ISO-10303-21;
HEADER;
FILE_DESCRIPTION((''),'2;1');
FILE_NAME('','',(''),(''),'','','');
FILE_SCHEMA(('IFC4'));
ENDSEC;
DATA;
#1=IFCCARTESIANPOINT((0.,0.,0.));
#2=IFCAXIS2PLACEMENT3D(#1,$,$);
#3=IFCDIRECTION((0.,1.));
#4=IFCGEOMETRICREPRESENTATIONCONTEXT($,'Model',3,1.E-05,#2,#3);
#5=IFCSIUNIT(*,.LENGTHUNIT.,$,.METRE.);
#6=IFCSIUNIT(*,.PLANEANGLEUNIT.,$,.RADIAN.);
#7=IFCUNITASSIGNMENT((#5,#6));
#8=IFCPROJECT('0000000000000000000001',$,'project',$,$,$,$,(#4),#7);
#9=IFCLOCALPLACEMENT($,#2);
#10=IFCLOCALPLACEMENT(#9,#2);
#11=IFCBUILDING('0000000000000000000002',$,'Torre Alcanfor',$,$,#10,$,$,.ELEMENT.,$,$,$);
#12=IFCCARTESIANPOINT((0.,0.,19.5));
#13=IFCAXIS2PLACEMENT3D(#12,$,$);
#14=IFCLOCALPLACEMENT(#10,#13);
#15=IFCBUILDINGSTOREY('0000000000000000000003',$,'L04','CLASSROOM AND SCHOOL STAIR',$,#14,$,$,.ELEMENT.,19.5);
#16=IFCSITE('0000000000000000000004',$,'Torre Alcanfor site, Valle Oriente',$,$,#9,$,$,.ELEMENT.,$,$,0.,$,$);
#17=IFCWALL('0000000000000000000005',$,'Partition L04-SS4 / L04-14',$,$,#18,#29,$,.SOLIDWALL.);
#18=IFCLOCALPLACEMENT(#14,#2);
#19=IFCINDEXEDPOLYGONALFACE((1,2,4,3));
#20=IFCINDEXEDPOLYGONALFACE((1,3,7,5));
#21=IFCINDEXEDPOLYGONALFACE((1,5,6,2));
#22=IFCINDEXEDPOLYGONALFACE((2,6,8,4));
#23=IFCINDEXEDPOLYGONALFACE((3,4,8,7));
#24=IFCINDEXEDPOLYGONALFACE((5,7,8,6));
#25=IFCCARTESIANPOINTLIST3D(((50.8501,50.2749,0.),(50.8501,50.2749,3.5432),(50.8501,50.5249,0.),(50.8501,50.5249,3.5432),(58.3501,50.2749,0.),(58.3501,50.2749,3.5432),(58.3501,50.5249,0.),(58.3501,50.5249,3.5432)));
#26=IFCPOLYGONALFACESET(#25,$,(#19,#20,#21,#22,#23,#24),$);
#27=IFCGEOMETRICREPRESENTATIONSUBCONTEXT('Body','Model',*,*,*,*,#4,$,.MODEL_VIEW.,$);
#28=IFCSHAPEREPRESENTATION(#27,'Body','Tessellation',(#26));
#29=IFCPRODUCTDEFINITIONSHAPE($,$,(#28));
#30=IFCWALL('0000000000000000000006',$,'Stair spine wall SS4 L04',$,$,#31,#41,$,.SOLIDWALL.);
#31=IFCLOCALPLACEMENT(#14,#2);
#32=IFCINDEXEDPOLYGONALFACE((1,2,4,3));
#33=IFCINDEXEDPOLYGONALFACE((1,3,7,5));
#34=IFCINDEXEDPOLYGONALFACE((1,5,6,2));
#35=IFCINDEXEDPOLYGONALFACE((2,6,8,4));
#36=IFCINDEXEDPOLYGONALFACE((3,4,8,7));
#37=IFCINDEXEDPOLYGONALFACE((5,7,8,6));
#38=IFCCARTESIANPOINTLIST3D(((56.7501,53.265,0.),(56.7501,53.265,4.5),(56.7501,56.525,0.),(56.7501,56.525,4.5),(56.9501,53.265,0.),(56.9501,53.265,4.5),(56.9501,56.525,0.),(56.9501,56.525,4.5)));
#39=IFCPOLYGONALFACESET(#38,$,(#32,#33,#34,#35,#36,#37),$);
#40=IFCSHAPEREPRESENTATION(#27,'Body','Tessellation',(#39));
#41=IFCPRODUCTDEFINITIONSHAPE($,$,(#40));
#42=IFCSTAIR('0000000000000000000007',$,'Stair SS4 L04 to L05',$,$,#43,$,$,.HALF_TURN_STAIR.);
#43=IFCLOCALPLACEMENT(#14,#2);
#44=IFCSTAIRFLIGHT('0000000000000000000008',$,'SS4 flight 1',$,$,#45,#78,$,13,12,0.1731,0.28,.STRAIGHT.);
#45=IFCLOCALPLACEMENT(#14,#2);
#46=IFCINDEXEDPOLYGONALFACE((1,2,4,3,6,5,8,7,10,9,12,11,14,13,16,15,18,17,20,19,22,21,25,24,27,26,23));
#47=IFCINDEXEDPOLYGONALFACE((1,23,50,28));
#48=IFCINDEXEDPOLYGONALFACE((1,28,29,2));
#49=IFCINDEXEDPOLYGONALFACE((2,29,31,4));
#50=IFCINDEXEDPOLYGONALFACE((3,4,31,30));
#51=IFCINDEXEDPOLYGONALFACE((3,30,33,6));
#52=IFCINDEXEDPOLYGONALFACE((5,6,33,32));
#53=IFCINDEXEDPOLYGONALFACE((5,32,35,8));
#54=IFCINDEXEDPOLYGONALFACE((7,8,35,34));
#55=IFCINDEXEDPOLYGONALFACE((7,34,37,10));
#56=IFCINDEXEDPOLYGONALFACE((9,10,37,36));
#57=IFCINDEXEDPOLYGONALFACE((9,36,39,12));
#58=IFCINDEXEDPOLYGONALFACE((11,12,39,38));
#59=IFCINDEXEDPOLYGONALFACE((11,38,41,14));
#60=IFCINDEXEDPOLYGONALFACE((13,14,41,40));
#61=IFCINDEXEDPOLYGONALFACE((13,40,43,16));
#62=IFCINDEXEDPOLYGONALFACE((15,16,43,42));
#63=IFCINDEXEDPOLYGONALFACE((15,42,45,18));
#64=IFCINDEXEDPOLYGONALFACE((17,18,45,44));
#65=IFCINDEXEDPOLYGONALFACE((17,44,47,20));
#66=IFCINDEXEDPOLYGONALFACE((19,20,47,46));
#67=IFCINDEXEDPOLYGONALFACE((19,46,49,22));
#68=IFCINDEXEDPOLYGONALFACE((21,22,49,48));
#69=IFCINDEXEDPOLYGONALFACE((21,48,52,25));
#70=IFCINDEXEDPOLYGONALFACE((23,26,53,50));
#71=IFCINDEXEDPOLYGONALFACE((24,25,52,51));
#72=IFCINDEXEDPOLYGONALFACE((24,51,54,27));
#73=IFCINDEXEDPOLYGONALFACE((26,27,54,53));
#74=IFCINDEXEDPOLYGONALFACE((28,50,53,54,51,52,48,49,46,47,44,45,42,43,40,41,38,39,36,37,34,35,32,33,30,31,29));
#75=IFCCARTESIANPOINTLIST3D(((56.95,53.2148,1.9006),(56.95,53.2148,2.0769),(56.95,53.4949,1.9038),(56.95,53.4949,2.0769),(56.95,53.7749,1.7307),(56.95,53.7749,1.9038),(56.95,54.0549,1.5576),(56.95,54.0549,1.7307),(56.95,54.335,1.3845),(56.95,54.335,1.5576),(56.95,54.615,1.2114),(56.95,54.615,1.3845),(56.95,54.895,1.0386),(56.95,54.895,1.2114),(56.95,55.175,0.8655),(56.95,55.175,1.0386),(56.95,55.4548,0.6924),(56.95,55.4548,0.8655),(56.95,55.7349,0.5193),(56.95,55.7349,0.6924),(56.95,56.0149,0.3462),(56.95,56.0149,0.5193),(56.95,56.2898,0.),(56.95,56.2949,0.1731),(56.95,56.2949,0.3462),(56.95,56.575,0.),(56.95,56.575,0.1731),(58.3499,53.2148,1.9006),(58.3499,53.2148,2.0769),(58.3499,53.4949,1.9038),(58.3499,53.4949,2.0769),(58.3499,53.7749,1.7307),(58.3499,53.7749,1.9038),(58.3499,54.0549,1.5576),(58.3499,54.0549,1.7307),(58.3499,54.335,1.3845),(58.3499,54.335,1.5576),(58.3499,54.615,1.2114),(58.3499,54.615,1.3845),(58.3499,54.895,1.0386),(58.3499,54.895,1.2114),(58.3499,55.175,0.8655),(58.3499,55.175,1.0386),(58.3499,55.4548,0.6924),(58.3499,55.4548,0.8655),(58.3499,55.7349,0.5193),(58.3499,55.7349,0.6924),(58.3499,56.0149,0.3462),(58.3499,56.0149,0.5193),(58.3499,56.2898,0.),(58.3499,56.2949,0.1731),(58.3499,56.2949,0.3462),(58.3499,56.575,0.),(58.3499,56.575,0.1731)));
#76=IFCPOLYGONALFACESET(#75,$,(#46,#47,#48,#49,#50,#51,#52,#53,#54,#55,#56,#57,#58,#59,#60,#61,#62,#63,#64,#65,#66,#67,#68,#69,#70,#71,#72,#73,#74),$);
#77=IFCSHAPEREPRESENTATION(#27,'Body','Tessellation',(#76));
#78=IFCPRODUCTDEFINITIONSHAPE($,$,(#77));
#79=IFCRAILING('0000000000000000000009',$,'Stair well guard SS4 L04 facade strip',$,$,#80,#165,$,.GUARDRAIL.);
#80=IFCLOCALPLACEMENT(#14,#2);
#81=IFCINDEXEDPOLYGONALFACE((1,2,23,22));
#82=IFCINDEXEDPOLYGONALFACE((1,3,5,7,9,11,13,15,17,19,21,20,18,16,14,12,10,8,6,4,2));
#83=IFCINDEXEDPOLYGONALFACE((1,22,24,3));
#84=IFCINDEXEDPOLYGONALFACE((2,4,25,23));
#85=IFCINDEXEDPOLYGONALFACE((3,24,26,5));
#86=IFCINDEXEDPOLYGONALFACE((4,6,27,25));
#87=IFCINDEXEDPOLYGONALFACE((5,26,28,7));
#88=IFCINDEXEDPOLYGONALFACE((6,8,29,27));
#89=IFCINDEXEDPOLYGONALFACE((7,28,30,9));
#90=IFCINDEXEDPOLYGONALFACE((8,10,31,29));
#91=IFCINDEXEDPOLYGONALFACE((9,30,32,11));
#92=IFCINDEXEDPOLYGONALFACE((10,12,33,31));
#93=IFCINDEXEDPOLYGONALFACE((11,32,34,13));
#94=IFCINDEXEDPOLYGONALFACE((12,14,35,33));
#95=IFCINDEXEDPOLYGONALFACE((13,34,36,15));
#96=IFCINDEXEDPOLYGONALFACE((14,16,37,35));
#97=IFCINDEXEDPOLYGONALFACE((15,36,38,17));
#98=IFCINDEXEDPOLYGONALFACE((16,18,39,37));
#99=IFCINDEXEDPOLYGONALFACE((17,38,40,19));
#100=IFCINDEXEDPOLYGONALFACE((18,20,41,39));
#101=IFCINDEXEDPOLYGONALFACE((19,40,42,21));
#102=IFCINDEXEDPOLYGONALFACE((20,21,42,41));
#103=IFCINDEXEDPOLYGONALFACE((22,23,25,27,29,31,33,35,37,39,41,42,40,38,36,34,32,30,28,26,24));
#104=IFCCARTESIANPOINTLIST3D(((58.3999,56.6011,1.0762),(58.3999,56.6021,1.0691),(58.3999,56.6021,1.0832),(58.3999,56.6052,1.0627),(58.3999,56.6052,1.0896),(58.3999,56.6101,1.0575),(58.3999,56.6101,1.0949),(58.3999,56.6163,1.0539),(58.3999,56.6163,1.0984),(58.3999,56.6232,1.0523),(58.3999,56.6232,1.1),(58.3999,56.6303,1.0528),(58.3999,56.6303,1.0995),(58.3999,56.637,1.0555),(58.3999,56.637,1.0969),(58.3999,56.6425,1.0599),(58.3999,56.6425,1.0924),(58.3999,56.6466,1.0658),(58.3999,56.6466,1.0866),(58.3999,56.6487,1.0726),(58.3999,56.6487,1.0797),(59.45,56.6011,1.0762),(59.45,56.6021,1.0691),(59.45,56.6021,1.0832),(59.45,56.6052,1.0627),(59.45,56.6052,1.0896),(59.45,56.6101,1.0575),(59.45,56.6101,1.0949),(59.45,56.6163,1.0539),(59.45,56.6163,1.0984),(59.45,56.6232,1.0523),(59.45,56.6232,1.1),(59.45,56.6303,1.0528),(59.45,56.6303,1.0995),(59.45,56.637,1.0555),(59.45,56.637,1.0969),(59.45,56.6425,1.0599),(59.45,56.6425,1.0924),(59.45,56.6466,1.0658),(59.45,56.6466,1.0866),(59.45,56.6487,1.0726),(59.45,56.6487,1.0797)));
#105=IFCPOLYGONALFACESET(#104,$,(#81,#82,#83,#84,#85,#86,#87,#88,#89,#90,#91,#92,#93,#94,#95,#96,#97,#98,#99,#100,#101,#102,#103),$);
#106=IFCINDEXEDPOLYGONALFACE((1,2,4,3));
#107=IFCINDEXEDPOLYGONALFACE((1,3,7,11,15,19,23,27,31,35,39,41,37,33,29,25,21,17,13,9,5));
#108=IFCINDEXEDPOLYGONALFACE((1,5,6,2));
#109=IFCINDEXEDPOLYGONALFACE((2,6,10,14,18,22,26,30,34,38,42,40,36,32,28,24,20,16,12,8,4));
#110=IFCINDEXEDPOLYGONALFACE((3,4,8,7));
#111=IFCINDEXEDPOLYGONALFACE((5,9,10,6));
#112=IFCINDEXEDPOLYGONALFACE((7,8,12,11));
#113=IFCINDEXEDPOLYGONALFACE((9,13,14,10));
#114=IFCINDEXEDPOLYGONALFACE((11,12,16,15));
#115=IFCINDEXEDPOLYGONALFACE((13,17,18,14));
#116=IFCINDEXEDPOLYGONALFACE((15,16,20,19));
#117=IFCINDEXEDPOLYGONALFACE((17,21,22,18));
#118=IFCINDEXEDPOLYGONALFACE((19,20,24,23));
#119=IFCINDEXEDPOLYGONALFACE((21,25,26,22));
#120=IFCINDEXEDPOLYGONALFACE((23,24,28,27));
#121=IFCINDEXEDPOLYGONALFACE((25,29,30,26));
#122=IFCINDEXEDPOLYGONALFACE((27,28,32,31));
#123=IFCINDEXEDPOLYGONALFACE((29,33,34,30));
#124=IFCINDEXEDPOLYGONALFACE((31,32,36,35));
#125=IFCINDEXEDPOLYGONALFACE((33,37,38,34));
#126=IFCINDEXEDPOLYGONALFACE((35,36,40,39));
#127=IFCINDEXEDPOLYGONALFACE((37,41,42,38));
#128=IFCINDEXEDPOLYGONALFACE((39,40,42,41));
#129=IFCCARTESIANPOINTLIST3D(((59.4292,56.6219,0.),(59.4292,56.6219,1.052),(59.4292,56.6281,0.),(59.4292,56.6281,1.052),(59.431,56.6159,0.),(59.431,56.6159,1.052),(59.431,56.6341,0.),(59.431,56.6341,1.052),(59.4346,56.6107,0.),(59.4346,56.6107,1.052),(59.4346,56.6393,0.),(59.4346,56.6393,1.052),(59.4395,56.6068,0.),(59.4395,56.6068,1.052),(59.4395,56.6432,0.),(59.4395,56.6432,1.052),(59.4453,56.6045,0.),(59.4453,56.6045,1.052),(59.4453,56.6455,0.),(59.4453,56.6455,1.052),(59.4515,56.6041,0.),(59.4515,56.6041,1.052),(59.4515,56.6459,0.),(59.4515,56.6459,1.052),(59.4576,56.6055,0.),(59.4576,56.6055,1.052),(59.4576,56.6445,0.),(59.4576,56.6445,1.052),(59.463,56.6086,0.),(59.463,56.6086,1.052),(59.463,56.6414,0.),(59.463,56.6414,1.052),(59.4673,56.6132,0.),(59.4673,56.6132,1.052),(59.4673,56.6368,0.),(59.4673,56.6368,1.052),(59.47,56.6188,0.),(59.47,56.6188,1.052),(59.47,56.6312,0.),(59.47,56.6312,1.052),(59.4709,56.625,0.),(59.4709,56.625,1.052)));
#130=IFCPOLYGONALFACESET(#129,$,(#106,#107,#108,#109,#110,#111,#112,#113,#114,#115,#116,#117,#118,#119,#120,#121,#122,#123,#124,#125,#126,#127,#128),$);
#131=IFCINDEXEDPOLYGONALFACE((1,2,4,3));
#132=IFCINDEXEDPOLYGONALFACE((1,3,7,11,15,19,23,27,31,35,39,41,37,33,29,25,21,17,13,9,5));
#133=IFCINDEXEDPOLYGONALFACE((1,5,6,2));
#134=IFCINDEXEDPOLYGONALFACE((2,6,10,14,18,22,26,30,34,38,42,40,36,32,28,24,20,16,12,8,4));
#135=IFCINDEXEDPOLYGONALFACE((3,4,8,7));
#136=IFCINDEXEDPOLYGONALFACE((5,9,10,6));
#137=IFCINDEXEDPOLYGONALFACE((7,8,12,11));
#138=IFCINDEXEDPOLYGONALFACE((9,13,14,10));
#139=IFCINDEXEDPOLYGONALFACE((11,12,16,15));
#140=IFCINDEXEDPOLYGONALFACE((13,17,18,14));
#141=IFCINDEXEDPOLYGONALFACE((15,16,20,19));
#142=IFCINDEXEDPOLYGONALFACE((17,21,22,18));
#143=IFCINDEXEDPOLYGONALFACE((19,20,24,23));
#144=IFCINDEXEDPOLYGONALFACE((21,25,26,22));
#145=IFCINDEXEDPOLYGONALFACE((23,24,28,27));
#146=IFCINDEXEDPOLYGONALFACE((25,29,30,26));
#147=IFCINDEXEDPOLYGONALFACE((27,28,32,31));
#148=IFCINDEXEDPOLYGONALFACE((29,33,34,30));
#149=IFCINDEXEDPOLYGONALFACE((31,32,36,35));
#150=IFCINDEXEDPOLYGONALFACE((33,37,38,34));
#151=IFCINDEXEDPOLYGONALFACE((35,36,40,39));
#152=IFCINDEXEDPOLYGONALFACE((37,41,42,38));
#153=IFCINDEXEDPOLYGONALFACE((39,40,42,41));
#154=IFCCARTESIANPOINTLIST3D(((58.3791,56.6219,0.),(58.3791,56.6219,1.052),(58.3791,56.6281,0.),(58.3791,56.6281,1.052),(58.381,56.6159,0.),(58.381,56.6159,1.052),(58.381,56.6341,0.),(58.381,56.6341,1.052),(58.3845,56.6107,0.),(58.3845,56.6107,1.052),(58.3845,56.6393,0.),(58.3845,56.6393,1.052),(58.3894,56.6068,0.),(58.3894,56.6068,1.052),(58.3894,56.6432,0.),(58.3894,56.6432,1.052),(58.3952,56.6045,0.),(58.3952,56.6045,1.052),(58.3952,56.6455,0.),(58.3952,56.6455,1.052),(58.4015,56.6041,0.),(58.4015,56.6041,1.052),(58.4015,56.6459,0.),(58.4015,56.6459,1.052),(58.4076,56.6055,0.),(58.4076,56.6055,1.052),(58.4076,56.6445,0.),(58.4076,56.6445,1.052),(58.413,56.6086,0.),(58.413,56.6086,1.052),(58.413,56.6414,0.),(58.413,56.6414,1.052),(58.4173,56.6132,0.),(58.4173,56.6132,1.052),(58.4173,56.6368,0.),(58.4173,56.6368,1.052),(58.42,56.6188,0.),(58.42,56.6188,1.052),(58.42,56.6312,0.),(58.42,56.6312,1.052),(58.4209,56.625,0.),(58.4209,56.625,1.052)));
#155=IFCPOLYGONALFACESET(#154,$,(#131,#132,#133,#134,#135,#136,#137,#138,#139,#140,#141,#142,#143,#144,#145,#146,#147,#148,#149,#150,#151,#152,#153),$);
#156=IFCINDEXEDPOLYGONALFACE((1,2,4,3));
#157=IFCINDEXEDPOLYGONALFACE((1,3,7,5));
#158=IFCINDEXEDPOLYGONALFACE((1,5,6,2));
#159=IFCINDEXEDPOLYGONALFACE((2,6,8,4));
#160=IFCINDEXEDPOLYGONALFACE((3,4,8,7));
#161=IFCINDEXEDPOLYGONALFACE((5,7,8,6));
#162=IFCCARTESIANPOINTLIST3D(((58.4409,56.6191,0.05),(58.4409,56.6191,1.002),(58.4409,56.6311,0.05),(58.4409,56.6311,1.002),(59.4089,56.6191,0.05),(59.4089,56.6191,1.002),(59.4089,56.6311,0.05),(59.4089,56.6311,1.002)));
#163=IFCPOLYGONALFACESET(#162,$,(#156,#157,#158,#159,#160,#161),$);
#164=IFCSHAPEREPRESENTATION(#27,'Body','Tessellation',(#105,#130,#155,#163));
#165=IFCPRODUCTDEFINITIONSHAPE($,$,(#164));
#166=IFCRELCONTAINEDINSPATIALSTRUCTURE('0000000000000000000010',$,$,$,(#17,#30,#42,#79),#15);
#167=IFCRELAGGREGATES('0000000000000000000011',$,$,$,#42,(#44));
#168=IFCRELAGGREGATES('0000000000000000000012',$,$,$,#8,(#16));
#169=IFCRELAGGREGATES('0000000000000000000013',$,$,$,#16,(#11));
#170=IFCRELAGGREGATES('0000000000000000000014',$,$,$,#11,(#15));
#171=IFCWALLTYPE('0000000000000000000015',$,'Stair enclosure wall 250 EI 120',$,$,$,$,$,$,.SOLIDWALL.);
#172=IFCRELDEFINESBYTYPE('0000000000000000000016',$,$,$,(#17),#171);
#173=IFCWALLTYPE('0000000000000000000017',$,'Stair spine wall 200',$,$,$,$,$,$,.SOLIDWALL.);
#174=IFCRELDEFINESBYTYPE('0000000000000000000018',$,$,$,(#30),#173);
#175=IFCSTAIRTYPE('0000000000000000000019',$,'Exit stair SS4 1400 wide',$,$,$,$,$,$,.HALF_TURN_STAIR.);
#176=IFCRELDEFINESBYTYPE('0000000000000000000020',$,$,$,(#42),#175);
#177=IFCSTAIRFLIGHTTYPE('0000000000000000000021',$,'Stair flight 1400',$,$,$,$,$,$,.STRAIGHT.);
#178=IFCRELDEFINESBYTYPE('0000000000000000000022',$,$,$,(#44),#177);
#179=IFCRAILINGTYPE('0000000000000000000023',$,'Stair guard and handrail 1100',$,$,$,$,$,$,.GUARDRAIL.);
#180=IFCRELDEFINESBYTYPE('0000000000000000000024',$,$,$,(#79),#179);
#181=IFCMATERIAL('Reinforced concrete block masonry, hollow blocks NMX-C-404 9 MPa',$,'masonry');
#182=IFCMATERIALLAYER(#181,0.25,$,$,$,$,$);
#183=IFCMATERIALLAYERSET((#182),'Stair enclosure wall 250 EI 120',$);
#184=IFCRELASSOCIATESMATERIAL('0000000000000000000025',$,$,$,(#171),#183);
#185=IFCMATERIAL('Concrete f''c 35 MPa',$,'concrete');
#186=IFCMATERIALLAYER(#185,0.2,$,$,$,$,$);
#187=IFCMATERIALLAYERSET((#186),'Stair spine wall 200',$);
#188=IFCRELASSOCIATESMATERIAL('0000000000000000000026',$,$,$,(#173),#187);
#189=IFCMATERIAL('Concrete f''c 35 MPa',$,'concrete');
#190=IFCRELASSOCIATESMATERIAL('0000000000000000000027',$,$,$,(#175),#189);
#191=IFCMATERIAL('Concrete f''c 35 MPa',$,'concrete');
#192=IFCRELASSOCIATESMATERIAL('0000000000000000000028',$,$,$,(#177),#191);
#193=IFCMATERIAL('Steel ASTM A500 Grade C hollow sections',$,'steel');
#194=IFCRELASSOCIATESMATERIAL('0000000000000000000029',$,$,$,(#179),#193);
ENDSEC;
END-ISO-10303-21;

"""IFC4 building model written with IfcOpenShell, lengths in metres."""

from ifc_helpers import new_model, si_unit, direction, frame, frame_2d, origin, origin_2d, place, context, subcontext, project, spatial, polyline, rectangle, circle, outline, extrude, material, layer, layer_set, type_object, element, aggregate, save


model = new_model("IFC4")

# Units and contexts
model_context = context("Model", 3, precision=1e-05, world=origin(), true_north=direction((0.0, 1.0)))
body_context = subcontext(model_context, "Body", "Model", "MODEL_VIEW")
ifc_project = project(units=[si_unit("LENGTHUNIT", "METRE"), si_unit("PLANEANGLEUNIT", "RADIAN")], contexts=[model_context])

# Site, building, storey
site_placement = place(None, origin())
site = spatial("IfcSite", under=ifc_project, at=site_placement, Name="Torre Alcanfor site, Valle Oriente", CompositionType="ELEMENT", RefElevation=0.0)
building_placement = place(site_placement, origin())
building = spatial("IfcBuilding", under=site, at=building_placement, Name="Torre Alcanfor", CompositionType="ELEMENT")
storey_placement = place(building_placement, frame((0.0, 0.0, 19.5)))
storey = spatial("IfcBuildingStorey", under=building, at=storey_placement, Name="L04", Description="CLASSROOM AND SCHOOL STAIR", CompositionType="ELEMENT", Elevation=19.5)

# Walls
ifc_material_1 = material(Name="Reinforced concrete block masonry, hollow blocks NMX-C-404 9 MPa", Category="masonry")
ifc_layer_1 = layer(ifc_material_1, 0.25)
ifc_layer_set_1 = layer_set([ifc_layer_1], Name="Stair enclosure wall 250 EI 120")
wall_type_1 = type_object("IfcWallType", Name="Stair enclosure wall 250 EI 120", PredefinedType="SOLIDWALL", material=ifc_layer_set_1)
wall_1_placement = place(storey_placement, frame((58.3501, 50.3999, 0.0), z_axis=(0.0, 0.0, 1.0), x_axis=(-1.0, 0.0, 0.0)))
element("IfcWall", 1, at=wall_1_placement, inside=storey, type_object=wall_type_1, Name="Partition L04-SS4 / L04-14", PredefinedType="SOLIDWALL", context=body_context, shape_type="SweptSolid", body=[
    extrude(rectangle(XDim=7.5, YDim=0.25, at=frame_2d((3.75, 0.0))), origin(), (0.0, 0.0, 1.0), 3.5432),
])
ifc_material_2 = material(Name="Concrete f'c 35 MPa", Category="concrete")
ifc_layer_2 = layer(ifc_material_2, 0.2)
ifc_layer_set_2 = layer_set([ifc_layer_2], Name="Stair spine wall 200")
wall_type_2 = type_object("IfcWallType", Name="Stair spine wall 200", PredefinedType="SOLIDWALL", material=ifc_layer_set_2)
wall_2_placement = place(storey_placement, frame((56.8501, 56.5249, 0.0), z_axis=(0.0, 0.0, 1.0), x_axis=(0.0, -1.0, 0.0)))
element("IfcWall", 2, at=wall_2_placement, inside=storey, type_object=wall_type_2, Name="Stair spine wall SS4 L04", PredefinedType="SOLIDWALL", context=body_context, shape_type="SweptSolid", body=[
    extrude(rectangle(XDim=3.26, YDim=0.2, at=frame_2d((1.6299, 0.0))), origin(), (0.0, 0.0, 1.0), 4.5),
])

# Stair, stair flight
ifc_material_3 = material(Name="Concrete f'c 35 MPa", Category="concrete")
stair_type = type_object("IfcStairType", Name="Exit stair SS4 1400 wide", PredefinedType="HALF_TURN_STAIR", material=ifc_material_3)
stair_placement = place(storey_placement, origin())
stair = element("IfcStair", 3, at=stair_placement, inside=storey, type_object=stair_type, Name="Stair SS4 L04 to L05", PredefinedType="HALF_TURN_STAIR")
ifc_material_4 = material(Name="Concrete f'c 35 MPa", Category="concrete")
stair_flight_type = type_object("IfcStairFlightType", Name="Stair flight 1400", PredefinedType="STRAIGHT", material=ifc_material_4)
stair_flight_placement = place(storey_placement, frame((57.6499, 56.575, 0.0), z_axis=(0.0, 0.0, 1.0), x_axis=(0.0, -1.0, 0.0)))
stair_flight = element("IfcStairFlight", 4, at=stair_flight_placement, type_object=stair_flight_type, Name="SS4 flight 1", NumberOfRisers=13, NumberOfTreads=12, PredefinedType="STRAIGHT", RiserHeight=0.1731, TreadLength=0.28, context=body_context, shape_type="SweptSolid", body=[
    extrude(outline(polyline([(0.0, 0.0), (0.0, 0.1731), (0.28, 0.1731), (0.28, 0.3462), (0.5601, 0.3462), (0.5601, 0.5193), (0.8401, 0.5193), (0.8401, 0.6924), (1.1201, 0.6924), (1.1201, 0.8655), (1.3999, 0.8655), (1.3999, 1.0386), (1.6799, 1.0386), (1.6799, 1.2114), (1.96, 1.2114), (1.96, 1.3845), (2.24, 1.3845), (2.24, 1.5576), (2.52, 1.5576), (2.52, 1.7307), (2.8, 1.7307), (2.8, 1.9038), (3.0801, 1.9038), (3.0801, 2.0769), (3.3601, 2.0769), (3.3601, 2.25), (3.3601, 1.9006), (0.2852, 0.0), (0.0, 0.0)])), frame((0.0, 0.7, 0.0), z_axis=(0.0, -1.0, 0.0), x_axis=(1.0, 0.0, 0.0)), (0.0, 0.0, 1.0), 1.3999),
])
aggregate(stair, [stair_flight])

# Railing
ifc_material_5 = material(Name="Steel ASTM A500 Grade C hollow sections", Category="steel")
railing_type_1 = type_object("IfcRailingType", Name="Stair guard and handrail 1100", PredefinedType="GUARDRAIL", material=ifc_material_5)
railing_1_placement = place(storey_placement, frame((59.45, 56.625, 0.0)))
element("IfcRailing", 5, at=railing_1_placement, inside=storey, type_object=railing_type_1, Name="Stair well guard SS4 L04 facade strip", PredefinedType="GUARDRAIL", context=body_context, shape_type="SweptSolid", body=[
    extrude(circle(Radius=0.0239, at=origin_2d()), frame((0.0, 0.0, 1.0762), z_axis=(-1.0, 0.0, 0.0), x_axis=(0.0, -1.0, 0.0)), (0.0, 0.0, 1.0), 1.05),
    extrude(circle(Radius=0.021, at=origin_2d()), origin(), (0.0, 0.0, 1.0), 1.052),
    extrude(circle(Radius=0.021, at=origin_2d()), frame((-1.05, 0.0, 0.0)), (0.0, 0.0, 1.0), 1.052),
    extrude(outline(polyline([(0.041, 0.05), (1.009, 0.05), (1.009, 1.002), (0.041, 1.002), (0.041, 0.05)])), frame((0.0, -0.0059, 0.0), z_axis=(0.0, 1.0, 0.0), x_axis=(-1.0, 0.0, 0.0)), (0.0, 0.0, 1.0), 0.012),
])

save(model, "model.ifc")
